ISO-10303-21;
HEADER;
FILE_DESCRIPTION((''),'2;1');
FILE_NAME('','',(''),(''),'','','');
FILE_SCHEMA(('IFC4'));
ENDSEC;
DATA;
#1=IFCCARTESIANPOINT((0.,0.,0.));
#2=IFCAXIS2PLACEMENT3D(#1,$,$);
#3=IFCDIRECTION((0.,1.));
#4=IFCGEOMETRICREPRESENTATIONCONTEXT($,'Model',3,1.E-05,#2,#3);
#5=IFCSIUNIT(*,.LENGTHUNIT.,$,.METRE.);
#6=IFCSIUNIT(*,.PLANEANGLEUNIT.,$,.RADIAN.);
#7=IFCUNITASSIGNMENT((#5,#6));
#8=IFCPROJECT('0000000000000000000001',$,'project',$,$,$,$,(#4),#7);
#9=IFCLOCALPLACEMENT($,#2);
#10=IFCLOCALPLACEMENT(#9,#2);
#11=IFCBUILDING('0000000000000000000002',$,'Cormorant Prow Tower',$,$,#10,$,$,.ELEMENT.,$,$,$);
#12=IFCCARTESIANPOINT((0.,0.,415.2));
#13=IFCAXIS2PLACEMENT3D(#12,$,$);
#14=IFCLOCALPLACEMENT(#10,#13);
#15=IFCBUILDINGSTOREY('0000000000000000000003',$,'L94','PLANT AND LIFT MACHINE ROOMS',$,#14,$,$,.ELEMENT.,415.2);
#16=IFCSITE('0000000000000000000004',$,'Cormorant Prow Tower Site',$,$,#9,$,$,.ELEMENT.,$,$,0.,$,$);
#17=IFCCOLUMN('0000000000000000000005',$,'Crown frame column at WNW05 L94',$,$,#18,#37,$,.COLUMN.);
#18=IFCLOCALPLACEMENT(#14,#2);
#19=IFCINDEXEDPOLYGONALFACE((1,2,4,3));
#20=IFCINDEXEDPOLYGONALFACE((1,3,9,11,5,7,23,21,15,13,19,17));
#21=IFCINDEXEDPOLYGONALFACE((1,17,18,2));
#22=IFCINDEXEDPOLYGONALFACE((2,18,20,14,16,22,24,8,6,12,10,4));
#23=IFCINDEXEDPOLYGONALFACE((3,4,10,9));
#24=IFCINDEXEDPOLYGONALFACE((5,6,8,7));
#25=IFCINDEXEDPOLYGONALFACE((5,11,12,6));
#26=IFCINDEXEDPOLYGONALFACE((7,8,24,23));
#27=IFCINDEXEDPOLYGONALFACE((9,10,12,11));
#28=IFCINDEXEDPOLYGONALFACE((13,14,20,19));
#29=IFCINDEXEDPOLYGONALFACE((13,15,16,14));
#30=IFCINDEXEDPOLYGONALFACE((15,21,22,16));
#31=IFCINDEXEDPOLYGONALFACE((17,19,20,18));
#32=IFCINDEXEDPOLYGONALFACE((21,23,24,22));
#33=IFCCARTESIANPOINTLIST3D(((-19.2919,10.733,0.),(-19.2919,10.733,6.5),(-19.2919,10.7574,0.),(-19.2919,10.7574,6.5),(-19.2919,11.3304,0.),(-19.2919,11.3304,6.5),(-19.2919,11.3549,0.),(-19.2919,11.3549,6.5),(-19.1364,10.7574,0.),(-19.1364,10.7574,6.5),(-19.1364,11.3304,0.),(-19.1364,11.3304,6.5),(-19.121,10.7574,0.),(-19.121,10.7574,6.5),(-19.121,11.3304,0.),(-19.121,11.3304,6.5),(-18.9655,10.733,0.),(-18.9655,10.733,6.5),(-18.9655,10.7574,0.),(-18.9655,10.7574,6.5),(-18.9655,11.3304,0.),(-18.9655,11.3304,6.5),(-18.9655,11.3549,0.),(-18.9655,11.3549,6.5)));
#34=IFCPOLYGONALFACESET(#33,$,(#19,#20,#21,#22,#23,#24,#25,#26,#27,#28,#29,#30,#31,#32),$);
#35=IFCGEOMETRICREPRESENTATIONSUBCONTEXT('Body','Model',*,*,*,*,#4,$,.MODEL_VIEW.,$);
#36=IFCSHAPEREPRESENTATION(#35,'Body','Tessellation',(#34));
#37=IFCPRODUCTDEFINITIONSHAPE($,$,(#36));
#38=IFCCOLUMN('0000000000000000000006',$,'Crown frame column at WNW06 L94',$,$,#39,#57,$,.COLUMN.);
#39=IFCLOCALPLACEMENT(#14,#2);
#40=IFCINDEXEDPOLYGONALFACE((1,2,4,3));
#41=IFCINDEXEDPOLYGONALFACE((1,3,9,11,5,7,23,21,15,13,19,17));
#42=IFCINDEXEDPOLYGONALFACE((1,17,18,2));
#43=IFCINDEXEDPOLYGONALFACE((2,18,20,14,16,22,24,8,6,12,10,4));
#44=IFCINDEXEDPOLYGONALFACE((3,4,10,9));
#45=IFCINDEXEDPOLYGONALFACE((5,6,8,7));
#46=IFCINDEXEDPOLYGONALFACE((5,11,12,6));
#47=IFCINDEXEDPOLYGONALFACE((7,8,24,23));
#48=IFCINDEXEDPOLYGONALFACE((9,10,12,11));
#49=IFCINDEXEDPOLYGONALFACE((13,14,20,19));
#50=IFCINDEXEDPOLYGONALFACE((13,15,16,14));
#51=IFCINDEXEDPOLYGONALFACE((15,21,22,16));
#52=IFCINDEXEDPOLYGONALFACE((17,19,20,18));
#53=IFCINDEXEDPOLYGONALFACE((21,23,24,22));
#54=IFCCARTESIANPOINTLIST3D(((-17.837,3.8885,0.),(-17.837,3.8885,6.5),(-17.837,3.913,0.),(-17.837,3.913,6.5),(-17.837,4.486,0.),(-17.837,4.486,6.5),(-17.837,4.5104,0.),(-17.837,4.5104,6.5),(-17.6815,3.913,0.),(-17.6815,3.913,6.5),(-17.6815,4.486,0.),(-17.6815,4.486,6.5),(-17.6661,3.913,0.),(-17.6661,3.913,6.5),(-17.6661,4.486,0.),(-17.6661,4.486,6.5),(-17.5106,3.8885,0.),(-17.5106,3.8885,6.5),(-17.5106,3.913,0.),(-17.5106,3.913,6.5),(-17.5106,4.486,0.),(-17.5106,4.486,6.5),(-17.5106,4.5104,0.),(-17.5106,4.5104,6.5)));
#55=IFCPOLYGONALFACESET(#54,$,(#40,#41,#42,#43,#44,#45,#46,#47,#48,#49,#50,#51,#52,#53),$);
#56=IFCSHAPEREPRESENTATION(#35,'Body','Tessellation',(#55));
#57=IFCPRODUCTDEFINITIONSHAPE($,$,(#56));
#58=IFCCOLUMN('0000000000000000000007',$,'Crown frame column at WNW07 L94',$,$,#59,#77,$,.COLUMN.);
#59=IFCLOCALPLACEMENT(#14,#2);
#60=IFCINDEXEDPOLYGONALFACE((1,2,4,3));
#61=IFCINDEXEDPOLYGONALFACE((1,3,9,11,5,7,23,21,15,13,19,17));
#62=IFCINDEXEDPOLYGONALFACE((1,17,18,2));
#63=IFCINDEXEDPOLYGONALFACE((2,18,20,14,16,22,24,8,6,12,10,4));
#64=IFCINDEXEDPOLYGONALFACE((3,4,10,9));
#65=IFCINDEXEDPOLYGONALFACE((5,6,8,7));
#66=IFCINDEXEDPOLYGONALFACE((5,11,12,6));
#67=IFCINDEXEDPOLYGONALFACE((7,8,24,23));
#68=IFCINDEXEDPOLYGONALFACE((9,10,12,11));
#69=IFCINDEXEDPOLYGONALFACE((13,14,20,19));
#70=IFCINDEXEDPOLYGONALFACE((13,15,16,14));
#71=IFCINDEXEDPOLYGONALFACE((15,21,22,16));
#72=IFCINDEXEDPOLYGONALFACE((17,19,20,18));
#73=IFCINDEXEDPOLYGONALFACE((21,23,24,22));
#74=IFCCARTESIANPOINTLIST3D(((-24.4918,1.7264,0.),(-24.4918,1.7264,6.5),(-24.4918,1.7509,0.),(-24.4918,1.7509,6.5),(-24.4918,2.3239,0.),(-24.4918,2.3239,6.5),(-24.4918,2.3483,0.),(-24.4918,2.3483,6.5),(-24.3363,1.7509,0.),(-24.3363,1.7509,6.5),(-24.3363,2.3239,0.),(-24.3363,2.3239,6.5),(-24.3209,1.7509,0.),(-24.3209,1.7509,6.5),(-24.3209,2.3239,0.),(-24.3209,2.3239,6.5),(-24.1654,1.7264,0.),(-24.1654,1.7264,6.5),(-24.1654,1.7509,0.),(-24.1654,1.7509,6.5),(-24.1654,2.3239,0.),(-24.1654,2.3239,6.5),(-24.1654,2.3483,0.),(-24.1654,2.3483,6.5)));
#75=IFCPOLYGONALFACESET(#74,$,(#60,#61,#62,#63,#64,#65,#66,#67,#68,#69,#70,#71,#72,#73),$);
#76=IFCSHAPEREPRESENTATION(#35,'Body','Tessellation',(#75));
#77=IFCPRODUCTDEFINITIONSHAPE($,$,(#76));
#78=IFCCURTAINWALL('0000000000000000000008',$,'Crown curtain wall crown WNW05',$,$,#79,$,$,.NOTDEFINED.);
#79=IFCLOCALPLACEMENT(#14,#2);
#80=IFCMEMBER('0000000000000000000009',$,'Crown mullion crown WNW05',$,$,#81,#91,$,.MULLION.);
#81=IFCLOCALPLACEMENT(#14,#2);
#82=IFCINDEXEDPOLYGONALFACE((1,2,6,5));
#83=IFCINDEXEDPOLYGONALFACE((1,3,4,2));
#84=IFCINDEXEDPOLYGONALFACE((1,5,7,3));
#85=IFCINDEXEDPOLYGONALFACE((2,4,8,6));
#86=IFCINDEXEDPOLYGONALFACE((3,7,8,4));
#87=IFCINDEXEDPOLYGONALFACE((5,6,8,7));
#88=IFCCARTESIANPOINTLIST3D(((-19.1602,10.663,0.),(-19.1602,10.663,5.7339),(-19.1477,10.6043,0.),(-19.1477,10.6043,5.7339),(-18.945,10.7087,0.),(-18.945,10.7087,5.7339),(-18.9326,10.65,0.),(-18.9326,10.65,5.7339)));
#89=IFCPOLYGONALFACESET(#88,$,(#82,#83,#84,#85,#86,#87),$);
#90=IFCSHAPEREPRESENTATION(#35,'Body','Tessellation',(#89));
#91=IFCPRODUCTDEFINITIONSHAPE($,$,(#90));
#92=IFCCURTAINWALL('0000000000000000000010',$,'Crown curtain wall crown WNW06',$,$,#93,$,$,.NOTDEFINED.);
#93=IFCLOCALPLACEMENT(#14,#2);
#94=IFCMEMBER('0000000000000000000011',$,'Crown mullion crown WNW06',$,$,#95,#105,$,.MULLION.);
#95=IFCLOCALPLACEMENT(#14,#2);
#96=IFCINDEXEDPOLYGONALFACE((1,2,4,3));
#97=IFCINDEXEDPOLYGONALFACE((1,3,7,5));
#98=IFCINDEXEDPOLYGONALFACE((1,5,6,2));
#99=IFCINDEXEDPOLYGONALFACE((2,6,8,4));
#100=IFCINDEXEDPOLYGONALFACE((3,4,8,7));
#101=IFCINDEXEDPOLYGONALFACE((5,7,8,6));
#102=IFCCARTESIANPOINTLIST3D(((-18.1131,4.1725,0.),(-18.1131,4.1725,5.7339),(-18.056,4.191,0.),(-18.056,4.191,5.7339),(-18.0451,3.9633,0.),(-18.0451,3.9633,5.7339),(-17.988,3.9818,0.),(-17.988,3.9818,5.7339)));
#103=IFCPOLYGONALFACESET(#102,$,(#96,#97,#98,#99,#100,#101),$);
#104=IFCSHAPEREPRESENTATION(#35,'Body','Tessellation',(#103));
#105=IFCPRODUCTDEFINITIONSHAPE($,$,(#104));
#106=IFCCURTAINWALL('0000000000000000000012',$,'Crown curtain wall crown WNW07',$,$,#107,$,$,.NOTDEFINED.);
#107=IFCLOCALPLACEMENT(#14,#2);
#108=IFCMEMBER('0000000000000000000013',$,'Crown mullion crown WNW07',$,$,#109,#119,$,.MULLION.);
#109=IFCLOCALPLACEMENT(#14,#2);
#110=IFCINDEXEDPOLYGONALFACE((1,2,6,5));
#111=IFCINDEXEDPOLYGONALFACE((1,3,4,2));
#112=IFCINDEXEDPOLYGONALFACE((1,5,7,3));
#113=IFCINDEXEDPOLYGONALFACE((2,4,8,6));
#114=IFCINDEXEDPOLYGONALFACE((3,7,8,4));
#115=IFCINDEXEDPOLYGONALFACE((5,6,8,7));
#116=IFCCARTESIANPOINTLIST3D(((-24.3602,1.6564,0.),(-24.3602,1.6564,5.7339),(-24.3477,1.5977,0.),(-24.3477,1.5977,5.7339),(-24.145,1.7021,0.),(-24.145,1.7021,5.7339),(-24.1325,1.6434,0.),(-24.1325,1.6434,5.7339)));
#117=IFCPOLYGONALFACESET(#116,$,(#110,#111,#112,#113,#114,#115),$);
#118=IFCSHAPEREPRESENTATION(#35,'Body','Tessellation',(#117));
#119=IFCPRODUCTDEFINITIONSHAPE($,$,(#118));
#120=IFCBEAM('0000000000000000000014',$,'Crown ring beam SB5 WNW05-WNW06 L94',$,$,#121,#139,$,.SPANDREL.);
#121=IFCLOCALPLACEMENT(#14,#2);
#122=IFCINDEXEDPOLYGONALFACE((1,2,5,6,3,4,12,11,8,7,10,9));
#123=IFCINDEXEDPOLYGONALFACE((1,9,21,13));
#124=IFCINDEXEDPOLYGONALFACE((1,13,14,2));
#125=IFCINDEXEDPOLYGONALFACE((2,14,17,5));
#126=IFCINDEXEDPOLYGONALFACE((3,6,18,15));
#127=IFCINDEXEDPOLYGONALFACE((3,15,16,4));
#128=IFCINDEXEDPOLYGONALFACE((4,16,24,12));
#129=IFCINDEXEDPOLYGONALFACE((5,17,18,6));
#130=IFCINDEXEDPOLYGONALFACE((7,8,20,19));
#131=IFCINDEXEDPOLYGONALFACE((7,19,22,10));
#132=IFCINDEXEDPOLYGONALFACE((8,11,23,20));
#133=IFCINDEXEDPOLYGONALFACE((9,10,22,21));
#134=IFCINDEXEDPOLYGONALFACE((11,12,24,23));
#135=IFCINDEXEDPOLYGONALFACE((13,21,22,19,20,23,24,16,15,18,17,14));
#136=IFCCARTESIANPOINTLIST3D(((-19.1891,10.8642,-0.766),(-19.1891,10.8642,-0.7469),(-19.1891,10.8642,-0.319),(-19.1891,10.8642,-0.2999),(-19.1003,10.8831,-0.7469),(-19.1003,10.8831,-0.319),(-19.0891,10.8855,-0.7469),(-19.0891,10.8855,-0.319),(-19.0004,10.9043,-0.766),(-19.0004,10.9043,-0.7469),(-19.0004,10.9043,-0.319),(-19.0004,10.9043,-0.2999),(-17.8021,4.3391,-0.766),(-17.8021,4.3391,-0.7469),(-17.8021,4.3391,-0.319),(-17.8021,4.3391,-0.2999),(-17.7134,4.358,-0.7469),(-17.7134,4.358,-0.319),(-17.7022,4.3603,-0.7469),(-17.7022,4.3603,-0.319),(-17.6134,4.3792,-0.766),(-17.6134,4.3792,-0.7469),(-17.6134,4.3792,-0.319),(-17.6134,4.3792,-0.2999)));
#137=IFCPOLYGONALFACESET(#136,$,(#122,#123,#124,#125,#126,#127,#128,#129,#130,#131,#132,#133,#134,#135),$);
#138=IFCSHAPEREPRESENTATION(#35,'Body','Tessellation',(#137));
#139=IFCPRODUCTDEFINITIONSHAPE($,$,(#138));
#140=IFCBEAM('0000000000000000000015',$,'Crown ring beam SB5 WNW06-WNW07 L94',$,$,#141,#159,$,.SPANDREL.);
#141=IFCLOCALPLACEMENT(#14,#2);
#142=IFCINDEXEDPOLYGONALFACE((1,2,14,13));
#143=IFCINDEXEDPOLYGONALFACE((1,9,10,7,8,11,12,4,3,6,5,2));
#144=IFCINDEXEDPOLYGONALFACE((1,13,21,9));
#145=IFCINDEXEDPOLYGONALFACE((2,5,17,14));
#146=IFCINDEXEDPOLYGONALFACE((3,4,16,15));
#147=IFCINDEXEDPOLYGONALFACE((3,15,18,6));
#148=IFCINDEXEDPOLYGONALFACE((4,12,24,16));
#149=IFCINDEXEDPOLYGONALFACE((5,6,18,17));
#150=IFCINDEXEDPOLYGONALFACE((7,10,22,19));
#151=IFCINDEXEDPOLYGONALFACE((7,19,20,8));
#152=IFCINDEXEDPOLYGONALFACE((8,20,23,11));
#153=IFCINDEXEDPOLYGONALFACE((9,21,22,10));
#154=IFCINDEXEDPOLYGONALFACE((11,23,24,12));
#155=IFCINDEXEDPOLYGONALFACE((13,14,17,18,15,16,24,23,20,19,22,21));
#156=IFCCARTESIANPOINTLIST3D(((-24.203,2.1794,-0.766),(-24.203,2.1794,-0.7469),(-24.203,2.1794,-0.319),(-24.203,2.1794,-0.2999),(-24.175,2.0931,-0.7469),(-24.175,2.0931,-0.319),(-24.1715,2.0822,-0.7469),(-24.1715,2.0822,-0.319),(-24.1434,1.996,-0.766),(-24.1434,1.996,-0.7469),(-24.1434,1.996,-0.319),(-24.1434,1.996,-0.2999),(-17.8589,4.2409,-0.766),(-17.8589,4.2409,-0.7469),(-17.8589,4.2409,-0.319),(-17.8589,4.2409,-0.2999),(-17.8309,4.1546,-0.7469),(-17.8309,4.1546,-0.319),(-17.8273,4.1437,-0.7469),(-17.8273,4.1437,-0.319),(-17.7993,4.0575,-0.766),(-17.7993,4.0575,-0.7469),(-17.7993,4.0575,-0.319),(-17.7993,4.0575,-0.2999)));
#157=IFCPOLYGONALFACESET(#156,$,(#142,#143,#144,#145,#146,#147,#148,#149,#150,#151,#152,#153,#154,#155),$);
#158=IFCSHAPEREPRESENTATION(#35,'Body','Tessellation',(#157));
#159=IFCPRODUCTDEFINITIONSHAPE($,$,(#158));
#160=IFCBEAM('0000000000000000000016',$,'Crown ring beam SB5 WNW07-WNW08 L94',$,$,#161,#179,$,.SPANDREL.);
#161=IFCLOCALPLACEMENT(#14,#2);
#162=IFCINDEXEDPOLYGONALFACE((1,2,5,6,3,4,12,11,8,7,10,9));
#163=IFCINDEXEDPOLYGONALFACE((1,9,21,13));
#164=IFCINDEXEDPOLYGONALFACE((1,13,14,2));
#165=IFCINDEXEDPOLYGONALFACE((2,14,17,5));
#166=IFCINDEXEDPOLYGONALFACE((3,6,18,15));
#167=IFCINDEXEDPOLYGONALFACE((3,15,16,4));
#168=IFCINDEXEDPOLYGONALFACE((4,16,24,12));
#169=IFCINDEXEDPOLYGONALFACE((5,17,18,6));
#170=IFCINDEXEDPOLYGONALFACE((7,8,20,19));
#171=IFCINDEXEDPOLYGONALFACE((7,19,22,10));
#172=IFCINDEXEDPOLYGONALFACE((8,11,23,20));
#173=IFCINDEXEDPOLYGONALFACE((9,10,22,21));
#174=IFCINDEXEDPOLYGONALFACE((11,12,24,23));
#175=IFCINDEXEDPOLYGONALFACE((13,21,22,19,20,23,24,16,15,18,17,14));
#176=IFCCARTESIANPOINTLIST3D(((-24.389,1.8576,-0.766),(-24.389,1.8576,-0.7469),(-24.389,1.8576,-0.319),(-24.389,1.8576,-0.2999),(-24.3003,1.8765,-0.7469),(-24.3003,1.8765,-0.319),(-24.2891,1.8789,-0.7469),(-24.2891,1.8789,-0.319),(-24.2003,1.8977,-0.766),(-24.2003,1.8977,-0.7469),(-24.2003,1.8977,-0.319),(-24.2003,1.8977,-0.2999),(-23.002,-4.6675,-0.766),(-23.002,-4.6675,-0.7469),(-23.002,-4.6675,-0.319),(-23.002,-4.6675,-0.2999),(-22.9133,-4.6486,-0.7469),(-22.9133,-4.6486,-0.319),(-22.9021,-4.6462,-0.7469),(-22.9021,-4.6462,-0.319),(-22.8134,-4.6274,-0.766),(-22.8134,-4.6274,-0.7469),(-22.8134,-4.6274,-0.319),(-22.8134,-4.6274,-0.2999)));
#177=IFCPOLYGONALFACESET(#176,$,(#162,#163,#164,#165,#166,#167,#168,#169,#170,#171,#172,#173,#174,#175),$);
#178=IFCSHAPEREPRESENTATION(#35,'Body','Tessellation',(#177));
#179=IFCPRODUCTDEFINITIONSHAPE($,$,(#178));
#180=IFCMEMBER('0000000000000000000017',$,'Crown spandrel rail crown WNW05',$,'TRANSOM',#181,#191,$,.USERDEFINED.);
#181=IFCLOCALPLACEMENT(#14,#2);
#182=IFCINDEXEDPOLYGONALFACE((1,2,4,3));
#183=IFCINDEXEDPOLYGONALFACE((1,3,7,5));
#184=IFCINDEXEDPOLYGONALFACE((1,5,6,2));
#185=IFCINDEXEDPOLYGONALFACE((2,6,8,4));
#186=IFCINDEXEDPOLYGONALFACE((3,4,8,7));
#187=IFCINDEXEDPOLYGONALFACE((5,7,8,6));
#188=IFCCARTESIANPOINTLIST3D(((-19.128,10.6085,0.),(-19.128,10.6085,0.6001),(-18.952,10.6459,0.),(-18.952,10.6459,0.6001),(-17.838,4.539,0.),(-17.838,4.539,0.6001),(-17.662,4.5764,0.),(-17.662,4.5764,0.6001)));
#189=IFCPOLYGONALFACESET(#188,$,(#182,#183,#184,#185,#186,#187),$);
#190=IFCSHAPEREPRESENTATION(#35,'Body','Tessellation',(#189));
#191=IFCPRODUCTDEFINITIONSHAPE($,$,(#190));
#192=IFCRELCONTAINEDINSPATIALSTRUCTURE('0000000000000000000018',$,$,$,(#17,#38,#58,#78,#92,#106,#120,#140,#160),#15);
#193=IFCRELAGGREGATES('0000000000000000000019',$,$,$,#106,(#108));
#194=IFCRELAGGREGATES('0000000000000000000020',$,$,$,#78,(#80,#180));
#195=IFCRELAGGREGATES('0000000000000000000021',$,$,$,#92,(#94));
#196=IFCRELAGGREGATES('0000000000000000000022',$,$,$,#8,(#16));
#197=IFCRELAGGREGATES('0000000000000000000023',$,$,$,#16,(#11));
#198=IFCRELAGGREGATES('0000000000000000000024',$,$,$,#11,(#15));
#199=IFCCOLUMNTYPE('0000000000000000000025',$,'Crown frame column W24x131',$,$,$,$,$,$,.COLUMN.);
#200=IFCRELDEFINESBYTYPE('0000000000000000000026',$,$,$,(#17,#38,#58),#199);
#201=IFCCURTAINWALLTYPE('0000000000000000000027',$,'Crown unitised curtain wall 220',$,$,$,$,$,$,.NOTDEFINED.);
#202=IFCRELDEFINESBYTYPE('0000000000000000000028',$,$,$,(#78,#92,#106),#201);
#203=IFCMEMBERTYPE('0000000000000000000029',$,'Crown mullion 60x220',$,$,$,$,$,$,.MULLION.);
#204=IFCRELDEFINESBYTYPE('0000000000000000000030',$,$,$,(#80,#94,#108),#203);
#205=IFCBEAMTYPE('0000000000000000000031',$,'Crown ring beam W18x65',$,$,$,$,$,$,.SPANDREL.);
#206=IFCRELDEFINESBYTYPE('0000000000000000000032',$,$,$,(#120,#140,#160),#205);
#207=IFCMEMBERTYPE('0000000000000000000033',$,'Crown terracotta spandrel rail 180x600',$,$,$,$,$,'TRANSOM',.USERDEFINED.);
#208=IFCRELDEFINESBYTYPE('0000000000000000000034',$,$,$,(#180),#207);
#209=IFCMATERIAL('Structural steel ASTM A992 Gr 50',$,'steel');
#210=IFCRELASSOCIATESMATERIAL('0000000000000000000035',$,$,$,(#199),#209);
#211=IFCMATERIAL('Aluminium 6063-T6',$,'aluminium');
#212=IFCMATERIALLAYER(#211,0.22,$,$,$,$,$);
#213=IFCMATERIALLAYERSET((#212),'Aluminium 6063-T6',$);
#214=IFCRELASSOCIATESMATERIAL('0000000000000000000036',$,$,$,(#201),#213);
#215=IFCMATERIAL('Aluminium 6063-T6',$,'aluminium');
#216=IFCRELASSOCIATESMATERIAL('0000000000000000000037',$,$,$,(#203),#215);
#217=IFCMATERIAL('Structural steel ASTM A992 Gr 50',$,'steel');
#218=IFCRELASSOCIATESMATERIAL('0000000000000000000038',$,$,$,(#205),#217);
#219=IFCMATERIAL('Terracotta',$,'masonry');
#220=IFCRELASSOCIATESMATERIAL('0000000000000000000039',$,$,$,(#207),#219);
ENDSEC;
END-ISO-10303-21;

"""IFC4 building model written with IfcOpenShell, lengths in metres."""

from ifc_helpers import new_model, si_unit, direction, frame, origin, origin_2d, place, context, subcontext, project, spatial, rectangle, i_section, extrude, material, layer, layer_set, material_profile, profile_set, type_object, element, aggregate, save


model = new_model("IFC4")

# Units and contexts
model_context = context("Model", 3, precision=1e-05, world=origin(), true_north=direction((0.0, 1.0)))
body_context = subcontext(model_context, "Body", "Model", "MODEL_VIEW")
ifc_project = project(units=[si_unit("LENGTHUNIT", "METRE"), si_unit("PLANEANGLEUNIT", "RADIAN")], contexts=[model_context])

# Site, building, storey
site_placement = place(None, origin())
site = spatial("IfcSite", under=ifc_project, at=site_placement, Name="Cormorant Prow Tower Site", CompositionType="ELEMENT", RefElevation=0.0)
building_placement = place(site_placement, origin())
building = spatial("IfcBuilding", under=site, at=building_placement, Name="Cormorant Prow Tower", CompositionType="ELEMENT")
storey_placement = place(building_placement, frame((0.0, 0.0, 415.2)))
storey = spatial("IfcBuildingStorey", under=building, at=storey_placement, Name="L94", Description="PLANT AND LIFT MACHINE ROOMS", CompositionType="ELEMENT", Elevation=415.2)

# Columns
ifc_material_1 = material(Name="Structural steel ASTM A992 Gr 50", Category="steel")
ifc_material_profile_1 = material_profile(ifc_material_1, i_section(OverallWidth=0.3264, OverallDepth=0.6218, WebThickness=0.0154, FlangeThickness=0.0244, at=origin_2d()), Name="W24x131")
ifc_profile_set_1 = profile_set([ifc_material_profile_1], Name="Structural steel ASTM A992 Gr 50")
column_type = type_object("IfcColumnType", Name="Crown frame column W24x131", PredefinedType="COLUMN", material=ifc_profile_set_1)
for number, where, z_axis, x_axis, name in (
    (1, (-19.1287, 11.0439, 0.0), (0.0, 0.0, 1.0), (1.0, 0.0, 0.0), "Crown frame column at WNW05 L94"),
    (2, (-17.6738, 4.1995, 0.0), (0.0, 0.0, 1.0), (1.0, 0.0, 0.0), "Crown frame column at WNW06 L94"),
    (3, (-24.3286, 2.0374, 0.0), (0.0, 0.0, 1.0), (1.0, 0.0, 0.0), "Crown frame column at WNW07 L94"),
):
    element("IfcColumn", number, at=place(storey_placement, frame(where, z_axis=z_axis, x_axis=x_axis)), inside=storey, type_object=column_type, Name=name, PredefinedType="COLUMN", context=body_context, shape_type="SweptSolid", body=[
        extrude(i_section(OverallWidth=0.3264, OverallDepth=0.6218, WebThickness=0.0154, FlangeThickness=0.0244, at=origin_2d()), origin(), (0.0, 0.0, 1.0), 6.5),
    ])

# Curtain walls, members
ifc_material_2 = material(Name="Aluminium 6063-T6", Category="aluminium")
ifc_layer_1 = layer(ifc_material_2, 0.22)
ifc_layer_set_1 = layer_set([ifc_layer_1], Name="Aluminium 6063-T6")
curtain_wall_type = type_object("IfcCurtainWallType", Name="Crown unitised curtain wall 220", PredefinedType="NOTDEFINED", material=ifc_layer_set_1)
curtain_wall_1_placement = place(storey_placement, origin())
curtain_wall_1 = element("IfcCurtainWall", 4, at=curtain_wall_1_placement, inside=storey, type_object=curtain_wall_type, Name="Crown curtain wall crown WNW05", PredefinedType="NOTDEFINED")
ifc_material_3 = material(Name="Aluminium 6063-T6", Category="aluminium")
ifc_material_profile_2 = material_profile(ifc_material_3, rectangle(XDim=0.22, YDim=0.0601, at=origin_2d()), Name="Crown mullion 60x220")
ifc_profile_set_2 = profile_set([ifc_material_profile_2], Name="Aluminium 6063-T6")
member_type_1 = type_object("IfcMemberType", Name="Crown mullion 60x220", PredefinedType="MULLION", material=ifc_profile_set_2)
member_1_placement = place(storey_placement, frame((-19.0464, 10.6565, 0.0), z_axis=(0.0, 0.0, 1.0), x_axis=(0.978148, 0.207912, 0.0)))
member_1 = element("IfcMember", 5, at=member_1_placement, type_object=member_type_1, Name="Crown mullion crown WNW05", PredefinedType="MULLION", context=body_context, shape_type="SweptSolid", body=[
    extrude(rectangle(XDim=0.22, YDim=0.0601, at=origin_2d()), origin(), (0.0, 0.0, 1.0), 5.7339),
])
curtain_wall_2_placement = place(storey_placement, origin())
curtain_wall_2 = element("IfcCurtainWall", 6, at=curtain_wall_2_placement, inside=storey, type_object=curtain_wall_type, Name="Crown curtain wall crown WNW06", PredefinedType="NOTDEFINED")
member_2_placement = place(storey_placement, frame((-18.0505, 4.0771, 0.0), z_axis=(0.0, 0.0, 1.0), x_axis=(0.309017, -0.951056, 0.0)))
member_2 = element("IfcMember", 7, at=member_2_placement, type_object=member_type_1, Name="Crown mullion crown WNW06", PredefinedType="MULLION", context=body_context, shape_type="SweptSolid", body=[
    extrude(rectangle(XDim=0.22, YDim=0.0601, at=origin_2d()), origin(), (0.0, 0.0, 1.0), 5.7339),
])
curtain_wall_3_placement = place(storey_placement, origin())
curtain_wall_3 = element("IfcCurtainWall", 8, at=curtain_wall_3_placement, inside=storey, type_object=curtain_wall_type, Name="Crown curtain wall crown WNW07", PredefinedType="NOTDEFINED")
member_3_placement = place(storey_placement, frame((-24.2463, 1.6499, 0.0), z_axis=(0.0, 0.0, 1.0), x_axis=(0.978148, 0.207912, 0.0)))
member_3 = element("IfcMember", 9, at=member_3_placement, type_object=member_type_1, Name="Crown mullion crown WNW07", PredefinedType="MULLION", context=body_context, shape_type="SweptSolid", body=[
    extrude(rectangle(XDim=0.22, YDim=0.0601, at=origin_2d()), origin(), (0.0, 0.0, 1.0), 5.7339),
])

# Beams
ifc_material_4 = material(Name="Structural steel ASTM A992 Gr 50", Category="steel")
ifc_material_profile_3 = material_profile(ifc_material_4, i_section(OverallWidth=0.1929, OverallDepth=0.4661, WebThickness=0.0115, FlangeThickness=0.019, at=origin_2d()), Name="W18x65")
ifc_profile_set_3 = profile_set([ifc_material_profile_3], Name="Structural steel ASTM A992 Gr 50")
beam_type = type_object("IfcBeamType", Name="Crown ring beam W18x65", PredefinedType="SPANDREL", material=ifc_profile_set_3)
beam_1_placement = place(storey_placement, frame((-19.0947, 10.8843, -0.533), z_axis=(0.207912, -0.978148, 0.0), x_axis=(0.978148, 0.207912, 0.0)))
element("IfcBeam", 10, at=beam_1_placement, inside=storey, type_object=beam_type, Name="Crown ring beam SB5 WNW05-WNW06 L94", PredefinedType="SPANDREL", context=body_context, shape_type="SweptSolid", body=[
    extrude(i_section(OverallWidth=0.1929, OverallDepth=0.4661, WebThickness=0.0115, FlangeThickness=0.019, at=origin_2d()), origin(), (0.0, 0.0, 1.0), 6.6709),
])
beam_2_placement = place(storey_placement, frame((-17.8291, 4.1492, -0.533), z_axis=(-0.95105, -0.309038, 0.0), x_axis=(0.309038, -0.95105, 0.0)))
element("IfcBeam", 11, at=beam_2_placement, inside=storey, type_object=beam_type, Name="Crown ring beam SB5 WNW06-WNW07 L94", PredefinedType="SPANDREL", context=body_context, shape_type="SweptSolid", body=[
    extrude(i_section(OverallWidth=0.1929, OverallDepth=0.4661, WebThickness=0.0115, FlangeThickness=0.019, at=origin_2d()), origin(), (0.0, 0.0, 1.0), 6.6707),
])
beam_3_placement = place(storey_placement, frame((-24.2947, 1.8777, -0.533), z_axis=(0.207912, -0.978148, 0.0), x_axis=(0.978148, 0.207912, 0.0)))
element("IfcBeam", 12, at=beam_3_placement, inside=storey, type_object=beam_type, Name="Crown ring beam SB5 WNW07-WNW08 L94", PredefinedType="SPANDREL", context=body_context, shape_type="SweptSolid", body=[
    extrude(i_section(OverallWidth=0.1929, OverallDepth=0.4661, WebThickness=0.0115, FlangeThickness=0.019, at=origin_2d()), origin(), (0.0, 0.0, 1.0), 6.6709),
])

# Member
ifc_material_5 = material(Name="Terracotta", Category="masonry")
ifc_material_profile_4 = material_profile(ifc_material_5, rectangle(XDim=0.1799, YDim=0.6001, at=origin_2d()), Name="Crown terracotta spandrel rail 180x600")
ifc_profile_set_4 = profile_set([ifc_material_profile_4], Name="Terracotta")
member_type_2 = type_object("IfcMemberType", Name="Crown terracotta spandrel rail 180x600", ElementType="TRANSOM", PredefinedType="USERDEFINED", material=ifc_profile_set_4)
member_4_placement = place(storey_placement, frame((-19.04, 10.6272, 0.3), z_axis=(0.207898, -0.978151, 0.0), x_axis=(0.978151, 0.207898, 0.0)))
member_4 = element("IfcMember", 13, at=member_4_placement, type_object=member_type_2, Name="Crown spandrel rail crown WNW05", ObjectType="TRANSOM", PredefinedType="USERDEFINED", context=body_context, shape_type="SweptSolid", body=[
    extrude(rectangle(XDim=0.1799, YDim=0.6001, at=origin_2d()), origin(), (0.0, 0.0, 1.0), 6.2051),
])
aggregate(curtain_wall_3, [member_3])

aggregate(curtain_wall_1, [member_1, member_4])
aggregate(curtain_wall_2, [member_2])

save(model, "model.ifc")
